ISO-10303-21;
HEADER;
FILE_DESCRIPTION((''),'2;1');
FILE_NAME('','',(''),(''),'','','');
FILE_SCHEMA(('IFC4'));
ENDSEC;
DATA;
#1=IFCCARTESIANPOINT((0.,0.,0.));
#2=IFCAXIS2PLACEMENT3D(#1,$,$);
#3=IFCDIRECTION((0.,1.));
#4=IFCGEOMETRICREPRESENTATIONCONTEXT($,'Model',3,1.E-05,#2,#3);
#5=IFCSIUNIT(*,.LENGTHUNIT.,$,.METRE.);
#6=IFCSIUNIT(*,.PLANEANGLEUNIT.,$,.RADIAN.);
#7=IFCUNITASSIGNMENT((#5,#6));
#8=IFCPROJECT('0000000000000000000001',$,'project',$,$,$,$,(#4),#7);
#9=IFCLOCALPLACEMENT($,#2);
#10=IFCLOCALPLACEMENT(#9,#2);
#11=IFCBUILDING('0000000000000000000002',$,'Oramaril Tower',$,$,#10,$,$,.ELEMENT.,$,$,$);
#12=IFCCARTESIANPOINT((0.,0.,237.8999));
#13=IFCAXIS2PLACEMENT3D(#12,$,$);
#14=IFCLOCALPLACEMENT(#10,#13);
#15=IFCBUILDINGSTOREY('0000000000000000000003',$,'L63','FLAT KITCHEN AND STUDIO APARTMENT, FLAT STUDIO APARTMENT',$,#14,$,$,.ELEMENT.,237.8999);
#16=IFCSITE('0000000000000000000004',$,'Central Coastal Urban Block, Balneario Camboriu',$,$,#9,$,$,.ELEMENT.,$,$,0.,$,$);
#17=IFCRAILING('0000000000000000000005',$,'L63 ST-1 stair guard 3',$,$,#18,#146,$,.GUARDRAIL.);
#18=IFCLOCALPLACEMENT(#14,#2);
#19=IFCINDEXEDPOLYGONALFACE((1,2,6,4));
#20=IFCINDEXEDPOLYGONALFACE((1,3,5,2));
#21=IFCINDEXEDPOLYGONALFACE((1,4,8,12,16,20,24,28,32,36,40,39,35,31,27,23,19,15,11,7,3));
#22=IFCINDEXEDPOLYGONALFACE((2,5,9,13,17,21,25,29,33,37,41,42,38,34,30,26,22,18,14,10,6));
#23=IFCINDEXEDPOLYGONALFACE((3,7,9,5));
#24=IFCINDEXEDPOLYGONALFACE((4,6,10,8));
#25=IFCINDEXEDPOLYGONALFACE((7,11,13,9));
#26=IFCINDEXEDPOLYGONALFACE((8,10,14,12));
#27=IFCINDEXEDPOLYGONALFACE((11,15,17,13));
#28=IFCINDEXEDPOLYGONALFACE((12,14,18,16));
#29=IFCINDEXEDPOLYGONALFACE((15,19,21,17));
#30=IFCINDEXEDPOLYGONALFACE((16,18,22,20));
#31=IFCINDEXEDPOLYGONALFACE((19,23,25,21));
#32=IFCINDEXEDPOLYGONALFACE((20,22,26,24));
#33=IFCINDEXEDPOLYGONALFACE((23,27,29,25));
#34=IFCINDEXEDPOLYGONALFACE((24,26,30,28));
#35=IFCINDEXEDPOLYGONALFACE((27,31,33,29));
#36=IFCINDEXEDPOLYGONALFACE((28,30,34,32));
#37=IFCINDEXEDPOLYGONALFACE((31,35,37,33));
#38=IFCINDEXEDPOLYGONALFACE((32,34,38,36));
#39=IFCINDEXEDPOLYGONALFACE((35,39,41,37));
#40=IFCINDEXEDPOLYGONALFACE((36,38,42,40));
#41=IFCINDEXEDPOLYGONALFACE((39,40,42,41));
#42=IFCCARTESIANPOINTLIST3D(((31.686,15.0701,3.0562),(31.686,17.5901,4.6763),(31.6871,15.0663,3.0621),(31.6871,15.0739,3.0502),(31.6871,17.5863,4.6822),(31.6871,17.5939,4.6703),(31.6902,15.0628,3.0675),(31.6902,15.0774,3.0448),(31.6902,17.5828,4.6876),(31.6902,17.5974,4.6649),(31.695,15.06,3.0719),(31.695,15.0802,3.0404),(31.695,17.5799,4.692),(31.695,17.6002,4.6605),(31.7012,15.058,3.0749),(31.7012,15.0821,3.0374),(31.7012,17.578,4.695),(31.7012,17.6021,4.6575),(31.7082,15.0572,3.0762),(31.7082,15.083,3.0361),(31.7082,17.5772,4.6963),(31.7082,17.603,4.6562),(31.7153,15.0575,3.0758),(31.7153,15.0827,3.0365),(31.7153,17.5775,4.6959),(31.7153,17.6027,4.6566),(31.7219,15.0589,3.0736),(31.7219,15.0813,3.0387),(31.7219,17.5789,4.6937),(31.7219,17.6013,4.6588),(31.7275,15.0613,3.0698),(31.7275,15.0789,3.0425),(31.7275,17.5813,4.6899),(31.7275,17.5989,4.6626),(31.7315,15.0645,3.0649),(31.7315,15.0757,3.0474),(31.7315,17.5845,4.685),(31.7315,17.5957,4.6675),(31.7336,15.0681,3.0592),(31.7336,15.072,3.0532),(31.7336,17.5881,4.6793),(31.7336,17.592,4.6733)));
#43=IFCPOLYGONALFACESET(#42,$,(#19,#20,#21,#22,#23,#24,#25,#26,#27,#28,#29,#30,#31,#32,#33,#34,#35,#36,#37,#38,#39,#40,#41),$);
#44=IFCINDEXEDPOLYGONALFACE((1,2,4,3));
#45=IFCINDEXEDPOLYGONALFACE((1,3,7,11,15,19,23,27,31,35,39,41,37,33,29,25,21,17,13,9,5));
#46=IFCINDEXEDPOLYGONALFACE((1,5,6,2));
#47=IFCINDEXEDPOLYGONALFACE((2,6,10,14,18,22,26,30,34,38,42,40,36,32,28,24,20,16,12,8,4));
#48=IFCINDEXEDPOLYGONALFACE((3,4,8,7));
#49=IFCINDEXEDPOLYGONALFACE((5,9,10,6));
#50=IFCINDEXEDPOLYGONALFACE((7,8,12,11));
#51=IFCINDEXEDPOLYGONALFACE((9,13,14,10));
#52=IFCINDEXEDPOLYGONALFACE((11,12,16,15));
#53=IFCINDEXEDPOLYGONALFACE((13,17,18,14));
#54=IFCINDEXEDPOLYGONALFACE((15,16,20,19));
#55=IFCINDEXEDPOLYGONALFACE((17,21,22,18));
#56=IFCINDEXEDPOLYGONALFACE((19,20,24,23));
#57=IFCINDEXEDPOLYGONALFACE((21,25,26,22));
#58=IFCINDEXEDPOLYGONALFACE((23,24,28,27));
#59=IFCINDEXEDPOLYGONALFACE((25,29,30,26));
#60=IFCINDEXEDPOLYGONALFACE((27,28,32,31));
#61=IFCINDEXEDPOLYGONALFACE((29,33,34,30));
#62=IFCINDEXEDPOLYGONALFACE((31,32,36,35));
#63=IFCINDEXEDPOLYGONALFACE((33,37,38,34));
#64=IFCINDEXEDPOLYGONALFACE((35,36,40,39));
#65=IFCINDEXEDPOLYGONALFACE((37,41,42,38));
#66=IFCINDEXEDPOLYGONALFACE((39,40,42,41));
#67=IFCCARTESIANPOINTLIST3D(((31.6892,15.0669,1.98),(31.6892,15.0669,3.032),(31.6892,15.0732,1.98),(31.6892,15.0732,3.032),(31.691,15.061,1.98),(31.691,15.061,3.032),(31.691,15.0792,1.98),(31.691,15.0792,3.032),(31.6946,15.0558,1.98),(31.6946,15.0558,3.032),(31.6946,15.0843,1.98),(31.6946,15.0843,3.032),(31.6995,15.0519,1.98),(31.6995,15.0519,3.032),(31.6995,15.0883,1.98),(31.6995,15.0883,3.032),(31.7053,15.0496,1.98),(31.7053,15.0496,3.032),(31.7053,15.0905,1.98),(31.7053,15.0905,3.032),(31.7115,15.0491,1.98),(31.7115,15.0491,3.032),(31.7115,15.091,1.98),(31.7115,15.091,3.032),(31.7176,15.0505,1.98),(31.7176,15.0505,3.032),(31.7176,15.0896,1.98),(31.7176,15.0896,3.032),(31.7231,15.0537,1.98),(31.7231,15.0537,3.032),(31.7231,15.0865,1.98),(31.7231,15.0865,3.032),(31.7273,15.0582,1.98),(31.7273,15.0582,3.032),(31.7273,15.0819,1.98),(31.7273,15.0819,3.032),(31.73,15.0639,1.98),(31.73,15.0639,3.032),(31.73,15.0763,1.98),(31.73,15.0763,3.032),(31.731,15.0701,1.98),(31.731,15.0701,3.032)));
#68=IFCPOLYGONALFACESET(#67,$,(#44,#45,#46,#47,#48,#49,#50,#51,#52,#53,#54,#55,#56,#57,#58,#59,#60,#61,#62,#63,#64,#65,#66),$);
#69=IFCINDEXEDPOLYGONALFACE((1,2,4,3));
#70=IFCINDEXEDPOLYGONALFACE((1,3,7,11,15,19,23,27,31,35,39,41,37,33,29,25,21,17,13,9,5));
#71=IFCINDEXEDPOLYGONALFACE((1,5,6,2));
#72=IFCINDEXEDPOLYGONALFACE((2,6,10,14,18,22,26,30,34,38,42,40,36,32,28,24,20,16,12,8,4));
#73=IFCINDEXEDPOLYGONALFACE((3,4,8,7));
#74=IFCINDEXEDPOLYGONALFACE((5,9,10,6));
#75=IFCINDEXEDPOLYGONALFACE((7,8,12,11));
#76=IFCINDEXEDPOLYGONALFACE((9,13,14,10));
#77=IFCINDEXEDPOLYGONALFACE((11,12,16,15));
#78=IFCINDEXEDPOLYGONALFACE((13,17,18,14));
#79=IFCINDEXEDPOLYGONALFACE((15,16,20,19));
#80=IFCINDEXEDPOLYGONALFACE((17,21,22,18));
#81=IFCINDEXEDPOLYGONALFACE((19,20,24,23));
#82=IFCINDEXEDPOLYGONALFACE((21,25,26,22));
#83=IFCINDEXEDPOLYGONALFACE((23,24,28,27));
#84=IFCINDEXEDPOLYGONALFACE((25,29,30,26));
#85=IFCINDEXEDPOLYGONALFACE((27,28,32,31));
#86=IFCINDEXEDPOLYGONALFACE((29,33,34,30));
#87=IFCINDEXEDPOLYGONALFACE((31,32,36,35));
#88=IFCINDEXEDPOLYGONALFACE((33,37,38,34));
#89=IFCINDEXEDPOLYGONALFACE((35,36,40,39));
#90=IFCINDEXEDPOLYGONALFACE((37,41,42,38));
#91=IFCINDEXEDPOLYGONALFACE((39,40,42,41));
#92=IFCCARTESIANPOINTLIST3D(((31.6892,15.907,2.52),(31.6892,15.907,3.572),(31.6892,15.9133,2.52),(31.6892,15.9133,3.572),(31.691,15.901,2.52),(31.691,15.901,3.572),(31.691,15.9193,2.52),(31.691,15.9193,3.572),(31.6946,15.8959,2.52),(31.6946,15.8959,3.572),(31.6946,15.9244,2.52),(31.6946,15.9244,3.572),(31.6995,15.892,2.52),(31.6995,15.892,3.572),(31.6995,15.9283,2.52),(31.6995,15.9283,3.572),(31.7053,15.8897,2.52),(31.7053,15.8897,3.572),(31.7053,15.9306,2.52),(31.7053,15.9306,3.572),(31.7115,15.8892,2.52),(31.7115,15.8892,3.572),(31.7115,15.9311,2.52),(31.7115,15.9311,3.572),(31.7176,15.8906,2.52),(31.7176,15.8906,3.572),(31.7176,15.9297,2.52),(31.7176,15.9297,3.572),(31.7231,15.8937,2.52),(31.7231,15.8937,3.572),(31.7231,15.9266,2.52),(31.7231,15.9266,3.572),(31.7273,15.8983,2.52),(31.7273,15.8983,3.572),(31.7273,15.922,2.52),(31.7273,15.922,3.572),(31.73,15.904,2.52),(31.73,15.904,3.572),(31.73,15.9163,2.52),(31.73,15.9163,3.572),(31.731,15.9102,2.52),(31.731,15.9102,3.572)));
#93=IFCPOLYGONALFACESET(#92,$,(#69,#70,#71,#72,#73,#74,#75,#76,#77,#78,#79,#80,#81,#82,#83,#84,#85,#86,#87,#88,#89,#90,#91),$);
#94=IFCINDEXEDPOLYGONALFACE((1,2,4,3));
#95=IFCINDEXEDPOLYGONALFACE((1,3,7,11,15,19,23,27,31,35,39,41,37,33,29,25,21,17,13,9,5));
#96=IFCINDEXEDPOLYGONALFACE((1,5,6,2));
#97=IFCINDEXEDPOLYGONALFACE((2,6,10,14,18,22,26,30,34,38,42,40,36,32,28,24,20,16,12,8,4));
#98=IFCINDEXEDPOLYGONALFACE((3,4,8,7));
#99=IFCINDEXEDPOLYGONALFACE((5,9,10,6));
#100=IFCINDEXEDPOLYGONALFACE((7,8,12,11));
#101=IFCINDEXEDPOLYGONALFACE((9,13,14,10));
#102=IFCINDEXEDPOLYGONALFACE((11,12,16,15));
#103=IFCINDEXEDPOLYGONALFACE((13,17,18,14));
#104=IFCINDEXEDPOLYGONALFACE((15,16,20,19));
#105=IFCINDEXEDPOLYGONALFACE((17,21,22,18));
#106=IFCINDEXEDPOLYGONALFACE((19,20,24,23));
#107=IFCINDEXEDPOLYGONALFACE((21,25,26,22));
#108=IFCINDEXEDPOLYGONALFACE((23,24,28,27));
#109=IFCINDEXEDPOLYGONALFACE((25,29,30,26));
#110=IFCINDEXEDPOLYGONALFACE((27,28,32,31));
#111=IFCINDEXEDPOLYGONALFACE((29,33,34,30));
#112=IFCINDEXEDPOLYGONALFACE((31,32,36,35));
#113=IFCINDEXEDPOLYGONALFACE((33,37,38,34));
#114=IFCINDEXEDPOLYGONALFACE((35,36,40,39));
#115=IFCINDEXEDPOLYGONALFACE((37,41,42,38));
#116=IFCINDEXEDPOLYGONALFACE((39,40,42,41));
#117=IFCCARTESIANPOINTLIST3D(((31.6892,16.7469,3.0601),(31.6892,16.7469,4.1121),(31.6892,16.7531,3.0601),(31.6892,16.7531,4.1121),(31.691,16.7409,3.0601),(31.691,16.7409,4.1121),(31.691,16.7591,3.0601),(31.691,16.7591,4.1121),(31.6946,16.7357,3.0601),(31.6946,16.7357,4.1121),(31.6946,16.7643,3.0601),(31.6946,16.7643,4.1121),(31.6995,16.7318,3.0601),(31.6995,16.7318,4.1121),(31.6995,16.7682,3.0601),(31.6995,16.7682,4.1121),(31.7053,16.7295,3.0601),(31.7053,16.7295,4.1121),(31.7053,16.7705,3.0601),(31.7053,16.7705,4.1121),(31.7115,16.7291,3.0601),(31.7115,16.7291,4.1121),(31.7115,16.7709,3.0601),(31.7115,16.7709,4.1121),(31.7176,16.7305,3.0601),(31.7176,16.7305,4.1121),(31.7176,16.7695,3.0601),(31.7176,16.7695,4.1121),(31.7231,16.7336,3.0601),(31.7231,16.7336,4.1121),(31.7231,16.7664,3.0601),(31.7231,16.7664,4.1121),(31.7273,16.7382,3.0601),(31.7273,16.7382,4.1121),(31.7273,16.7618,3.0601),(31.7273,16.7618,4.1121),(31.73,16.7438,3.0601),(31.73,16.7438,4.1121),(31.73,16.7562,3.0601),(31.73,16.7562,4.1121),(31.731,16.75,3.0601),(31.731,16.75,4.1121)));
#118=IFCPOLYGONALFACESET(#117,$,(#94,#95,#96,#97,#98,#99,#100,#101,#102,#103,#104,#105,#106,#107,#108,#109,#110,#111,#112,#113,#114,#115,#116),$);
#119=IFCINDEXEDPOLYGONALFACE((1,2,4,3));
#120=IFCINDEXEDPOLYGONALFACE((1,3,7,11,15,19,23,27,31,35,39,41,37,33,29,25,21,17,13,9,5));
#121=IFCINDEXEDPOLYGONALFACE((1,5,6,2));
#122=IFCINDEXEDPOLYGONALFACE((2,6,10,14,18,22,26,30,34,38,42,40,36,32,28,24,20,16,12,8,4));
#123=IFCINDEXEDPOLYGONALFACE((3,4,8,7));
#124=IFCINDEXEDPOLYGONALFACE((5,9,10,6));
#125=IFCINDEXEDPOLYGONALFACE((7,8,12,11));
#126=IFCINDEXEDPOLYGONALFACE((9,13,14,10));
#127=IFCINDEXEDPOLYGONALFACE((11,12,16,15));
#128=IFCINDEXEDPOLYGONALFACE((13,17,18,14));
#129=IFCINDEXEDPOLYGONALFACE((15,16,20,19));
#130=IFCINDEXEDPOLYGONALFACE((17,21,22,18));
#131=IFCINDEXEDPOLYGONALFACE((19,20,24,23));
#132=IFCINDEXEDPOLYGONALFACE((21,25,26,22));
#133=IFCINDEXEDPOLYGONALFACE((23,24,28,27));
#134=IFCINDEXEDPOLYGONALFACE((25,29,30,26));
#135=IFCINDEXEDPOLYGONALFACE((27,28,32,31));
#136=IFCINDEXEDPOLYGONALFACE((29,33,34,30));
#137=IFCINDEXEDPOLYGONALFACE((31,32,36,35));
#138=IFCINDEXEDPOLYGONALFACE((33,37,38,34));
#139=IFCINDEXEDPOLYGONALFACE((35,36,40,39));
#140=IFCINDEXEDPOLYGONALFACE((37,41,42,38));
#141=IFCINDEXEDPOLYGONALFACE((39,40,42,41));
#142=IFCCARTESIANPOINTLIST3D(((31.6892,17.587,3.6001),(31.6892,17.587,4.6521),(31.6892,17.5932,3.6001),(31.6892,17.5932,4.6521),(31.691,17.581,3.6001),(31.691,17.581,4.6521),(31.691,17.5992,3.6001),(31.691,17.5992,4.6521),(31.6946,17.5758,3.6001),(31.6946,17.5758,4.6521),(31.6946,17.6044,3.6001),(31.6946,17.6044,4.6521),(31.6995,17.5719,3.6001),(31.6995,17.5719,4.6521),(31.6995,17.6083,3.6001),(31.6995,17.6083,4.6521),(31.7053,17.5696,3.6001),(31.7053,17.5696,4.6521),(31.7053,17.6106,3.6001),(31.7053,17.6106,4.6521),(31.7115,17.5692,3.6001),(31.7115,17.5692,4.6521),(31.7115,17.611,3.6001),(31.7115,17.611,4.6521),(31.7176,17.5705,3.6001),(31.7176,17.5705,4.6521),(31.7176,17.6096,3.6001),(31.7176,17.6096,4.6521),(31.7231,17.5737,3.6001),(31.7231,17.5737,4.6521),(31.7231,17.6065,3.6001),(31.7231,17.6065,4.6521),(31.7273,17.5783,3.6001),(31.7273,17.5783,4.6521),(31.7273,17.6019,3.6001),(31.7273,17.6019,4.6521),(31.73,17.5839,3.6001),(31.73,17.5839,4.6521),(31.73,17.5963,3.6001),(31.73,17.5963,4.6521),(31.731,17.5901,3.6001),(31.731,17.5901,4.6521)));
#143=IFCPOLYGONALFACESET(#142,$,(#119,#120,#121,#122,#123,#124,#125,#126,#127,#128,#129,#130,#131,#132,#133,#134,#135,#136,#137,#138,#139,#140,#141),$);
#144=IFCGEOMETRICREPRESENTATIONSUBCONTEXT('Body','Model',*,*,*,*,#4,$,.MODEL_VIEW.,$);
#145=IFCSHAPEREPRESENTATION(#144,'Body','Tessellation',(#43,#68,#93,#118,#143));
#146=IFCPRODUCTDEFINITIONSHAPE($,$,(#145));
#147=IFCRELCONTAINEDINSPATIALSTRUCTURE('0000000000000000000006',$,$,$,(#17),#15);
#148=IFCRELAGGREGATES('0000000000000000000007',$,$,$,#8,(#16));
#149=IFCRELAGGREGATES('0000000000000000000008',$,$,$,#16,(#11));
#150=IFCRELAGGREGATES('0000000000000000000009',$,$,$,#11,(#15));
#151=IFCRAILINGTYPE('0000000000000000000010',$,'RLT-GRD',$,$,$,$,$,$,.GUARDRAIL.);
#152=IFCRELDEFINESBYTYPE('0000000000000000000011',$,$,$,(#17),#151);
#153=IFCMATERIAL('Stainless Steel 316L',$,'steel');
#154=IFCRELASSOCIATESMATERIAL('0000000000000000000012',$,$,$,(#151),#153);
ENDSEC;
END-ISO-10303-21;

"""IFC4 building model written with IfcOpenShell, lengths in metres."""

from ifc_helpers import new_model, si_unit, direction, frame, origin, origin_2d, place, context, subcontext, project, spatial, circle, extrude, material, type_object, element, save


model = new_model("IFC4")

# Units and contexts
model_context = context("Model", 3, precision=1e-05, world=origin(), true_north=direction((0.0, 1.0)))
body_context = subcontext(model_context, "Body", "Model", "MODEL_VIEW")
ifc_project = project(units=[si_unit("LENGTHUNIT", "METRE"), si_unit("PLANEANGLEUNIT", "RADIAN")], contexts=[model_context])

# Site, building, storey
site_placement = place(None, origin())
site = spatial("IfcSite", under=ifc_project, at=site_placement, Name="Central Coastal Urban Block, Balneario Camboriu", CompositionType="ELEMENT", RefElevation=0.0)
building_placement = place(site_placement, origin())
building = spatial("IfcBuilding", under=site, at=building_placement, Name="Oramaril Tower", CompositionType="ELEMENT")
storey_placement = place(building_placement, frame((0.0, 0.0, 237.8999)))
storey = spatial("IfcBuildingStorey", under=building, at=storey_placement, Name="L63", Description="FLAT KITCHEN AND STUDIO APARTMENT, FLAT STUDIO APARTMENT", CompositionType="ELEMENT", Elevation=237.8999)

# Railing
ifc_material_1 = material(Name="Stainless Steel 316L", Category="steel")
railing_type_1 = type_object("IfcRailingType", Name="RLT-GRD", PredefinedType="GUARDRAIL", material=ifc_material_1)
railing_1_placement = place(storey_placement, frame((31.71, 15.0701, 1.98)))
element("IfcRailing", 1, at=railing_1_placement, inside=storey, type_object=railing_type_1, Name="L63 ST-1 stair guard 3", PredefinedType="GUARDRAIL", context=body_context, shape_type="SweptSolid", body=[
    extrude(circle(Radius=0.0239, at=origin_2d()), frame((0.0, 0.0, 1.0762), z_axis=(0.0, 0.841163, 0.540782), x_axis=(-1.0, 0.0, 0.0)), (0.0, 0.0, 1.0), 2.9958),
    extrude(circle(Radius=0.021, at=origin_2d()), origin(), (0.0, 0.0, 1.0), 1.052),
    extrude(circle(Radius=0.021, at=origin_2d()), frame((0.0, 0.8401, 0.54)), (0.0, 0.0, 1.0), 1.052),
    extrude(circle(Radius=0.021, at=origin_2d()), frame((0.0, 1.6799, 1.0801)), (0.0, 0.0, 1.0), 1.052),
    extrude(circle(Radius=0.021, at=origin_2d()), frame((0.0, 2.52, 1.6201)), (0.0, 0.0, 1.0), 1.052),
])

save(model, "model.ifc")
